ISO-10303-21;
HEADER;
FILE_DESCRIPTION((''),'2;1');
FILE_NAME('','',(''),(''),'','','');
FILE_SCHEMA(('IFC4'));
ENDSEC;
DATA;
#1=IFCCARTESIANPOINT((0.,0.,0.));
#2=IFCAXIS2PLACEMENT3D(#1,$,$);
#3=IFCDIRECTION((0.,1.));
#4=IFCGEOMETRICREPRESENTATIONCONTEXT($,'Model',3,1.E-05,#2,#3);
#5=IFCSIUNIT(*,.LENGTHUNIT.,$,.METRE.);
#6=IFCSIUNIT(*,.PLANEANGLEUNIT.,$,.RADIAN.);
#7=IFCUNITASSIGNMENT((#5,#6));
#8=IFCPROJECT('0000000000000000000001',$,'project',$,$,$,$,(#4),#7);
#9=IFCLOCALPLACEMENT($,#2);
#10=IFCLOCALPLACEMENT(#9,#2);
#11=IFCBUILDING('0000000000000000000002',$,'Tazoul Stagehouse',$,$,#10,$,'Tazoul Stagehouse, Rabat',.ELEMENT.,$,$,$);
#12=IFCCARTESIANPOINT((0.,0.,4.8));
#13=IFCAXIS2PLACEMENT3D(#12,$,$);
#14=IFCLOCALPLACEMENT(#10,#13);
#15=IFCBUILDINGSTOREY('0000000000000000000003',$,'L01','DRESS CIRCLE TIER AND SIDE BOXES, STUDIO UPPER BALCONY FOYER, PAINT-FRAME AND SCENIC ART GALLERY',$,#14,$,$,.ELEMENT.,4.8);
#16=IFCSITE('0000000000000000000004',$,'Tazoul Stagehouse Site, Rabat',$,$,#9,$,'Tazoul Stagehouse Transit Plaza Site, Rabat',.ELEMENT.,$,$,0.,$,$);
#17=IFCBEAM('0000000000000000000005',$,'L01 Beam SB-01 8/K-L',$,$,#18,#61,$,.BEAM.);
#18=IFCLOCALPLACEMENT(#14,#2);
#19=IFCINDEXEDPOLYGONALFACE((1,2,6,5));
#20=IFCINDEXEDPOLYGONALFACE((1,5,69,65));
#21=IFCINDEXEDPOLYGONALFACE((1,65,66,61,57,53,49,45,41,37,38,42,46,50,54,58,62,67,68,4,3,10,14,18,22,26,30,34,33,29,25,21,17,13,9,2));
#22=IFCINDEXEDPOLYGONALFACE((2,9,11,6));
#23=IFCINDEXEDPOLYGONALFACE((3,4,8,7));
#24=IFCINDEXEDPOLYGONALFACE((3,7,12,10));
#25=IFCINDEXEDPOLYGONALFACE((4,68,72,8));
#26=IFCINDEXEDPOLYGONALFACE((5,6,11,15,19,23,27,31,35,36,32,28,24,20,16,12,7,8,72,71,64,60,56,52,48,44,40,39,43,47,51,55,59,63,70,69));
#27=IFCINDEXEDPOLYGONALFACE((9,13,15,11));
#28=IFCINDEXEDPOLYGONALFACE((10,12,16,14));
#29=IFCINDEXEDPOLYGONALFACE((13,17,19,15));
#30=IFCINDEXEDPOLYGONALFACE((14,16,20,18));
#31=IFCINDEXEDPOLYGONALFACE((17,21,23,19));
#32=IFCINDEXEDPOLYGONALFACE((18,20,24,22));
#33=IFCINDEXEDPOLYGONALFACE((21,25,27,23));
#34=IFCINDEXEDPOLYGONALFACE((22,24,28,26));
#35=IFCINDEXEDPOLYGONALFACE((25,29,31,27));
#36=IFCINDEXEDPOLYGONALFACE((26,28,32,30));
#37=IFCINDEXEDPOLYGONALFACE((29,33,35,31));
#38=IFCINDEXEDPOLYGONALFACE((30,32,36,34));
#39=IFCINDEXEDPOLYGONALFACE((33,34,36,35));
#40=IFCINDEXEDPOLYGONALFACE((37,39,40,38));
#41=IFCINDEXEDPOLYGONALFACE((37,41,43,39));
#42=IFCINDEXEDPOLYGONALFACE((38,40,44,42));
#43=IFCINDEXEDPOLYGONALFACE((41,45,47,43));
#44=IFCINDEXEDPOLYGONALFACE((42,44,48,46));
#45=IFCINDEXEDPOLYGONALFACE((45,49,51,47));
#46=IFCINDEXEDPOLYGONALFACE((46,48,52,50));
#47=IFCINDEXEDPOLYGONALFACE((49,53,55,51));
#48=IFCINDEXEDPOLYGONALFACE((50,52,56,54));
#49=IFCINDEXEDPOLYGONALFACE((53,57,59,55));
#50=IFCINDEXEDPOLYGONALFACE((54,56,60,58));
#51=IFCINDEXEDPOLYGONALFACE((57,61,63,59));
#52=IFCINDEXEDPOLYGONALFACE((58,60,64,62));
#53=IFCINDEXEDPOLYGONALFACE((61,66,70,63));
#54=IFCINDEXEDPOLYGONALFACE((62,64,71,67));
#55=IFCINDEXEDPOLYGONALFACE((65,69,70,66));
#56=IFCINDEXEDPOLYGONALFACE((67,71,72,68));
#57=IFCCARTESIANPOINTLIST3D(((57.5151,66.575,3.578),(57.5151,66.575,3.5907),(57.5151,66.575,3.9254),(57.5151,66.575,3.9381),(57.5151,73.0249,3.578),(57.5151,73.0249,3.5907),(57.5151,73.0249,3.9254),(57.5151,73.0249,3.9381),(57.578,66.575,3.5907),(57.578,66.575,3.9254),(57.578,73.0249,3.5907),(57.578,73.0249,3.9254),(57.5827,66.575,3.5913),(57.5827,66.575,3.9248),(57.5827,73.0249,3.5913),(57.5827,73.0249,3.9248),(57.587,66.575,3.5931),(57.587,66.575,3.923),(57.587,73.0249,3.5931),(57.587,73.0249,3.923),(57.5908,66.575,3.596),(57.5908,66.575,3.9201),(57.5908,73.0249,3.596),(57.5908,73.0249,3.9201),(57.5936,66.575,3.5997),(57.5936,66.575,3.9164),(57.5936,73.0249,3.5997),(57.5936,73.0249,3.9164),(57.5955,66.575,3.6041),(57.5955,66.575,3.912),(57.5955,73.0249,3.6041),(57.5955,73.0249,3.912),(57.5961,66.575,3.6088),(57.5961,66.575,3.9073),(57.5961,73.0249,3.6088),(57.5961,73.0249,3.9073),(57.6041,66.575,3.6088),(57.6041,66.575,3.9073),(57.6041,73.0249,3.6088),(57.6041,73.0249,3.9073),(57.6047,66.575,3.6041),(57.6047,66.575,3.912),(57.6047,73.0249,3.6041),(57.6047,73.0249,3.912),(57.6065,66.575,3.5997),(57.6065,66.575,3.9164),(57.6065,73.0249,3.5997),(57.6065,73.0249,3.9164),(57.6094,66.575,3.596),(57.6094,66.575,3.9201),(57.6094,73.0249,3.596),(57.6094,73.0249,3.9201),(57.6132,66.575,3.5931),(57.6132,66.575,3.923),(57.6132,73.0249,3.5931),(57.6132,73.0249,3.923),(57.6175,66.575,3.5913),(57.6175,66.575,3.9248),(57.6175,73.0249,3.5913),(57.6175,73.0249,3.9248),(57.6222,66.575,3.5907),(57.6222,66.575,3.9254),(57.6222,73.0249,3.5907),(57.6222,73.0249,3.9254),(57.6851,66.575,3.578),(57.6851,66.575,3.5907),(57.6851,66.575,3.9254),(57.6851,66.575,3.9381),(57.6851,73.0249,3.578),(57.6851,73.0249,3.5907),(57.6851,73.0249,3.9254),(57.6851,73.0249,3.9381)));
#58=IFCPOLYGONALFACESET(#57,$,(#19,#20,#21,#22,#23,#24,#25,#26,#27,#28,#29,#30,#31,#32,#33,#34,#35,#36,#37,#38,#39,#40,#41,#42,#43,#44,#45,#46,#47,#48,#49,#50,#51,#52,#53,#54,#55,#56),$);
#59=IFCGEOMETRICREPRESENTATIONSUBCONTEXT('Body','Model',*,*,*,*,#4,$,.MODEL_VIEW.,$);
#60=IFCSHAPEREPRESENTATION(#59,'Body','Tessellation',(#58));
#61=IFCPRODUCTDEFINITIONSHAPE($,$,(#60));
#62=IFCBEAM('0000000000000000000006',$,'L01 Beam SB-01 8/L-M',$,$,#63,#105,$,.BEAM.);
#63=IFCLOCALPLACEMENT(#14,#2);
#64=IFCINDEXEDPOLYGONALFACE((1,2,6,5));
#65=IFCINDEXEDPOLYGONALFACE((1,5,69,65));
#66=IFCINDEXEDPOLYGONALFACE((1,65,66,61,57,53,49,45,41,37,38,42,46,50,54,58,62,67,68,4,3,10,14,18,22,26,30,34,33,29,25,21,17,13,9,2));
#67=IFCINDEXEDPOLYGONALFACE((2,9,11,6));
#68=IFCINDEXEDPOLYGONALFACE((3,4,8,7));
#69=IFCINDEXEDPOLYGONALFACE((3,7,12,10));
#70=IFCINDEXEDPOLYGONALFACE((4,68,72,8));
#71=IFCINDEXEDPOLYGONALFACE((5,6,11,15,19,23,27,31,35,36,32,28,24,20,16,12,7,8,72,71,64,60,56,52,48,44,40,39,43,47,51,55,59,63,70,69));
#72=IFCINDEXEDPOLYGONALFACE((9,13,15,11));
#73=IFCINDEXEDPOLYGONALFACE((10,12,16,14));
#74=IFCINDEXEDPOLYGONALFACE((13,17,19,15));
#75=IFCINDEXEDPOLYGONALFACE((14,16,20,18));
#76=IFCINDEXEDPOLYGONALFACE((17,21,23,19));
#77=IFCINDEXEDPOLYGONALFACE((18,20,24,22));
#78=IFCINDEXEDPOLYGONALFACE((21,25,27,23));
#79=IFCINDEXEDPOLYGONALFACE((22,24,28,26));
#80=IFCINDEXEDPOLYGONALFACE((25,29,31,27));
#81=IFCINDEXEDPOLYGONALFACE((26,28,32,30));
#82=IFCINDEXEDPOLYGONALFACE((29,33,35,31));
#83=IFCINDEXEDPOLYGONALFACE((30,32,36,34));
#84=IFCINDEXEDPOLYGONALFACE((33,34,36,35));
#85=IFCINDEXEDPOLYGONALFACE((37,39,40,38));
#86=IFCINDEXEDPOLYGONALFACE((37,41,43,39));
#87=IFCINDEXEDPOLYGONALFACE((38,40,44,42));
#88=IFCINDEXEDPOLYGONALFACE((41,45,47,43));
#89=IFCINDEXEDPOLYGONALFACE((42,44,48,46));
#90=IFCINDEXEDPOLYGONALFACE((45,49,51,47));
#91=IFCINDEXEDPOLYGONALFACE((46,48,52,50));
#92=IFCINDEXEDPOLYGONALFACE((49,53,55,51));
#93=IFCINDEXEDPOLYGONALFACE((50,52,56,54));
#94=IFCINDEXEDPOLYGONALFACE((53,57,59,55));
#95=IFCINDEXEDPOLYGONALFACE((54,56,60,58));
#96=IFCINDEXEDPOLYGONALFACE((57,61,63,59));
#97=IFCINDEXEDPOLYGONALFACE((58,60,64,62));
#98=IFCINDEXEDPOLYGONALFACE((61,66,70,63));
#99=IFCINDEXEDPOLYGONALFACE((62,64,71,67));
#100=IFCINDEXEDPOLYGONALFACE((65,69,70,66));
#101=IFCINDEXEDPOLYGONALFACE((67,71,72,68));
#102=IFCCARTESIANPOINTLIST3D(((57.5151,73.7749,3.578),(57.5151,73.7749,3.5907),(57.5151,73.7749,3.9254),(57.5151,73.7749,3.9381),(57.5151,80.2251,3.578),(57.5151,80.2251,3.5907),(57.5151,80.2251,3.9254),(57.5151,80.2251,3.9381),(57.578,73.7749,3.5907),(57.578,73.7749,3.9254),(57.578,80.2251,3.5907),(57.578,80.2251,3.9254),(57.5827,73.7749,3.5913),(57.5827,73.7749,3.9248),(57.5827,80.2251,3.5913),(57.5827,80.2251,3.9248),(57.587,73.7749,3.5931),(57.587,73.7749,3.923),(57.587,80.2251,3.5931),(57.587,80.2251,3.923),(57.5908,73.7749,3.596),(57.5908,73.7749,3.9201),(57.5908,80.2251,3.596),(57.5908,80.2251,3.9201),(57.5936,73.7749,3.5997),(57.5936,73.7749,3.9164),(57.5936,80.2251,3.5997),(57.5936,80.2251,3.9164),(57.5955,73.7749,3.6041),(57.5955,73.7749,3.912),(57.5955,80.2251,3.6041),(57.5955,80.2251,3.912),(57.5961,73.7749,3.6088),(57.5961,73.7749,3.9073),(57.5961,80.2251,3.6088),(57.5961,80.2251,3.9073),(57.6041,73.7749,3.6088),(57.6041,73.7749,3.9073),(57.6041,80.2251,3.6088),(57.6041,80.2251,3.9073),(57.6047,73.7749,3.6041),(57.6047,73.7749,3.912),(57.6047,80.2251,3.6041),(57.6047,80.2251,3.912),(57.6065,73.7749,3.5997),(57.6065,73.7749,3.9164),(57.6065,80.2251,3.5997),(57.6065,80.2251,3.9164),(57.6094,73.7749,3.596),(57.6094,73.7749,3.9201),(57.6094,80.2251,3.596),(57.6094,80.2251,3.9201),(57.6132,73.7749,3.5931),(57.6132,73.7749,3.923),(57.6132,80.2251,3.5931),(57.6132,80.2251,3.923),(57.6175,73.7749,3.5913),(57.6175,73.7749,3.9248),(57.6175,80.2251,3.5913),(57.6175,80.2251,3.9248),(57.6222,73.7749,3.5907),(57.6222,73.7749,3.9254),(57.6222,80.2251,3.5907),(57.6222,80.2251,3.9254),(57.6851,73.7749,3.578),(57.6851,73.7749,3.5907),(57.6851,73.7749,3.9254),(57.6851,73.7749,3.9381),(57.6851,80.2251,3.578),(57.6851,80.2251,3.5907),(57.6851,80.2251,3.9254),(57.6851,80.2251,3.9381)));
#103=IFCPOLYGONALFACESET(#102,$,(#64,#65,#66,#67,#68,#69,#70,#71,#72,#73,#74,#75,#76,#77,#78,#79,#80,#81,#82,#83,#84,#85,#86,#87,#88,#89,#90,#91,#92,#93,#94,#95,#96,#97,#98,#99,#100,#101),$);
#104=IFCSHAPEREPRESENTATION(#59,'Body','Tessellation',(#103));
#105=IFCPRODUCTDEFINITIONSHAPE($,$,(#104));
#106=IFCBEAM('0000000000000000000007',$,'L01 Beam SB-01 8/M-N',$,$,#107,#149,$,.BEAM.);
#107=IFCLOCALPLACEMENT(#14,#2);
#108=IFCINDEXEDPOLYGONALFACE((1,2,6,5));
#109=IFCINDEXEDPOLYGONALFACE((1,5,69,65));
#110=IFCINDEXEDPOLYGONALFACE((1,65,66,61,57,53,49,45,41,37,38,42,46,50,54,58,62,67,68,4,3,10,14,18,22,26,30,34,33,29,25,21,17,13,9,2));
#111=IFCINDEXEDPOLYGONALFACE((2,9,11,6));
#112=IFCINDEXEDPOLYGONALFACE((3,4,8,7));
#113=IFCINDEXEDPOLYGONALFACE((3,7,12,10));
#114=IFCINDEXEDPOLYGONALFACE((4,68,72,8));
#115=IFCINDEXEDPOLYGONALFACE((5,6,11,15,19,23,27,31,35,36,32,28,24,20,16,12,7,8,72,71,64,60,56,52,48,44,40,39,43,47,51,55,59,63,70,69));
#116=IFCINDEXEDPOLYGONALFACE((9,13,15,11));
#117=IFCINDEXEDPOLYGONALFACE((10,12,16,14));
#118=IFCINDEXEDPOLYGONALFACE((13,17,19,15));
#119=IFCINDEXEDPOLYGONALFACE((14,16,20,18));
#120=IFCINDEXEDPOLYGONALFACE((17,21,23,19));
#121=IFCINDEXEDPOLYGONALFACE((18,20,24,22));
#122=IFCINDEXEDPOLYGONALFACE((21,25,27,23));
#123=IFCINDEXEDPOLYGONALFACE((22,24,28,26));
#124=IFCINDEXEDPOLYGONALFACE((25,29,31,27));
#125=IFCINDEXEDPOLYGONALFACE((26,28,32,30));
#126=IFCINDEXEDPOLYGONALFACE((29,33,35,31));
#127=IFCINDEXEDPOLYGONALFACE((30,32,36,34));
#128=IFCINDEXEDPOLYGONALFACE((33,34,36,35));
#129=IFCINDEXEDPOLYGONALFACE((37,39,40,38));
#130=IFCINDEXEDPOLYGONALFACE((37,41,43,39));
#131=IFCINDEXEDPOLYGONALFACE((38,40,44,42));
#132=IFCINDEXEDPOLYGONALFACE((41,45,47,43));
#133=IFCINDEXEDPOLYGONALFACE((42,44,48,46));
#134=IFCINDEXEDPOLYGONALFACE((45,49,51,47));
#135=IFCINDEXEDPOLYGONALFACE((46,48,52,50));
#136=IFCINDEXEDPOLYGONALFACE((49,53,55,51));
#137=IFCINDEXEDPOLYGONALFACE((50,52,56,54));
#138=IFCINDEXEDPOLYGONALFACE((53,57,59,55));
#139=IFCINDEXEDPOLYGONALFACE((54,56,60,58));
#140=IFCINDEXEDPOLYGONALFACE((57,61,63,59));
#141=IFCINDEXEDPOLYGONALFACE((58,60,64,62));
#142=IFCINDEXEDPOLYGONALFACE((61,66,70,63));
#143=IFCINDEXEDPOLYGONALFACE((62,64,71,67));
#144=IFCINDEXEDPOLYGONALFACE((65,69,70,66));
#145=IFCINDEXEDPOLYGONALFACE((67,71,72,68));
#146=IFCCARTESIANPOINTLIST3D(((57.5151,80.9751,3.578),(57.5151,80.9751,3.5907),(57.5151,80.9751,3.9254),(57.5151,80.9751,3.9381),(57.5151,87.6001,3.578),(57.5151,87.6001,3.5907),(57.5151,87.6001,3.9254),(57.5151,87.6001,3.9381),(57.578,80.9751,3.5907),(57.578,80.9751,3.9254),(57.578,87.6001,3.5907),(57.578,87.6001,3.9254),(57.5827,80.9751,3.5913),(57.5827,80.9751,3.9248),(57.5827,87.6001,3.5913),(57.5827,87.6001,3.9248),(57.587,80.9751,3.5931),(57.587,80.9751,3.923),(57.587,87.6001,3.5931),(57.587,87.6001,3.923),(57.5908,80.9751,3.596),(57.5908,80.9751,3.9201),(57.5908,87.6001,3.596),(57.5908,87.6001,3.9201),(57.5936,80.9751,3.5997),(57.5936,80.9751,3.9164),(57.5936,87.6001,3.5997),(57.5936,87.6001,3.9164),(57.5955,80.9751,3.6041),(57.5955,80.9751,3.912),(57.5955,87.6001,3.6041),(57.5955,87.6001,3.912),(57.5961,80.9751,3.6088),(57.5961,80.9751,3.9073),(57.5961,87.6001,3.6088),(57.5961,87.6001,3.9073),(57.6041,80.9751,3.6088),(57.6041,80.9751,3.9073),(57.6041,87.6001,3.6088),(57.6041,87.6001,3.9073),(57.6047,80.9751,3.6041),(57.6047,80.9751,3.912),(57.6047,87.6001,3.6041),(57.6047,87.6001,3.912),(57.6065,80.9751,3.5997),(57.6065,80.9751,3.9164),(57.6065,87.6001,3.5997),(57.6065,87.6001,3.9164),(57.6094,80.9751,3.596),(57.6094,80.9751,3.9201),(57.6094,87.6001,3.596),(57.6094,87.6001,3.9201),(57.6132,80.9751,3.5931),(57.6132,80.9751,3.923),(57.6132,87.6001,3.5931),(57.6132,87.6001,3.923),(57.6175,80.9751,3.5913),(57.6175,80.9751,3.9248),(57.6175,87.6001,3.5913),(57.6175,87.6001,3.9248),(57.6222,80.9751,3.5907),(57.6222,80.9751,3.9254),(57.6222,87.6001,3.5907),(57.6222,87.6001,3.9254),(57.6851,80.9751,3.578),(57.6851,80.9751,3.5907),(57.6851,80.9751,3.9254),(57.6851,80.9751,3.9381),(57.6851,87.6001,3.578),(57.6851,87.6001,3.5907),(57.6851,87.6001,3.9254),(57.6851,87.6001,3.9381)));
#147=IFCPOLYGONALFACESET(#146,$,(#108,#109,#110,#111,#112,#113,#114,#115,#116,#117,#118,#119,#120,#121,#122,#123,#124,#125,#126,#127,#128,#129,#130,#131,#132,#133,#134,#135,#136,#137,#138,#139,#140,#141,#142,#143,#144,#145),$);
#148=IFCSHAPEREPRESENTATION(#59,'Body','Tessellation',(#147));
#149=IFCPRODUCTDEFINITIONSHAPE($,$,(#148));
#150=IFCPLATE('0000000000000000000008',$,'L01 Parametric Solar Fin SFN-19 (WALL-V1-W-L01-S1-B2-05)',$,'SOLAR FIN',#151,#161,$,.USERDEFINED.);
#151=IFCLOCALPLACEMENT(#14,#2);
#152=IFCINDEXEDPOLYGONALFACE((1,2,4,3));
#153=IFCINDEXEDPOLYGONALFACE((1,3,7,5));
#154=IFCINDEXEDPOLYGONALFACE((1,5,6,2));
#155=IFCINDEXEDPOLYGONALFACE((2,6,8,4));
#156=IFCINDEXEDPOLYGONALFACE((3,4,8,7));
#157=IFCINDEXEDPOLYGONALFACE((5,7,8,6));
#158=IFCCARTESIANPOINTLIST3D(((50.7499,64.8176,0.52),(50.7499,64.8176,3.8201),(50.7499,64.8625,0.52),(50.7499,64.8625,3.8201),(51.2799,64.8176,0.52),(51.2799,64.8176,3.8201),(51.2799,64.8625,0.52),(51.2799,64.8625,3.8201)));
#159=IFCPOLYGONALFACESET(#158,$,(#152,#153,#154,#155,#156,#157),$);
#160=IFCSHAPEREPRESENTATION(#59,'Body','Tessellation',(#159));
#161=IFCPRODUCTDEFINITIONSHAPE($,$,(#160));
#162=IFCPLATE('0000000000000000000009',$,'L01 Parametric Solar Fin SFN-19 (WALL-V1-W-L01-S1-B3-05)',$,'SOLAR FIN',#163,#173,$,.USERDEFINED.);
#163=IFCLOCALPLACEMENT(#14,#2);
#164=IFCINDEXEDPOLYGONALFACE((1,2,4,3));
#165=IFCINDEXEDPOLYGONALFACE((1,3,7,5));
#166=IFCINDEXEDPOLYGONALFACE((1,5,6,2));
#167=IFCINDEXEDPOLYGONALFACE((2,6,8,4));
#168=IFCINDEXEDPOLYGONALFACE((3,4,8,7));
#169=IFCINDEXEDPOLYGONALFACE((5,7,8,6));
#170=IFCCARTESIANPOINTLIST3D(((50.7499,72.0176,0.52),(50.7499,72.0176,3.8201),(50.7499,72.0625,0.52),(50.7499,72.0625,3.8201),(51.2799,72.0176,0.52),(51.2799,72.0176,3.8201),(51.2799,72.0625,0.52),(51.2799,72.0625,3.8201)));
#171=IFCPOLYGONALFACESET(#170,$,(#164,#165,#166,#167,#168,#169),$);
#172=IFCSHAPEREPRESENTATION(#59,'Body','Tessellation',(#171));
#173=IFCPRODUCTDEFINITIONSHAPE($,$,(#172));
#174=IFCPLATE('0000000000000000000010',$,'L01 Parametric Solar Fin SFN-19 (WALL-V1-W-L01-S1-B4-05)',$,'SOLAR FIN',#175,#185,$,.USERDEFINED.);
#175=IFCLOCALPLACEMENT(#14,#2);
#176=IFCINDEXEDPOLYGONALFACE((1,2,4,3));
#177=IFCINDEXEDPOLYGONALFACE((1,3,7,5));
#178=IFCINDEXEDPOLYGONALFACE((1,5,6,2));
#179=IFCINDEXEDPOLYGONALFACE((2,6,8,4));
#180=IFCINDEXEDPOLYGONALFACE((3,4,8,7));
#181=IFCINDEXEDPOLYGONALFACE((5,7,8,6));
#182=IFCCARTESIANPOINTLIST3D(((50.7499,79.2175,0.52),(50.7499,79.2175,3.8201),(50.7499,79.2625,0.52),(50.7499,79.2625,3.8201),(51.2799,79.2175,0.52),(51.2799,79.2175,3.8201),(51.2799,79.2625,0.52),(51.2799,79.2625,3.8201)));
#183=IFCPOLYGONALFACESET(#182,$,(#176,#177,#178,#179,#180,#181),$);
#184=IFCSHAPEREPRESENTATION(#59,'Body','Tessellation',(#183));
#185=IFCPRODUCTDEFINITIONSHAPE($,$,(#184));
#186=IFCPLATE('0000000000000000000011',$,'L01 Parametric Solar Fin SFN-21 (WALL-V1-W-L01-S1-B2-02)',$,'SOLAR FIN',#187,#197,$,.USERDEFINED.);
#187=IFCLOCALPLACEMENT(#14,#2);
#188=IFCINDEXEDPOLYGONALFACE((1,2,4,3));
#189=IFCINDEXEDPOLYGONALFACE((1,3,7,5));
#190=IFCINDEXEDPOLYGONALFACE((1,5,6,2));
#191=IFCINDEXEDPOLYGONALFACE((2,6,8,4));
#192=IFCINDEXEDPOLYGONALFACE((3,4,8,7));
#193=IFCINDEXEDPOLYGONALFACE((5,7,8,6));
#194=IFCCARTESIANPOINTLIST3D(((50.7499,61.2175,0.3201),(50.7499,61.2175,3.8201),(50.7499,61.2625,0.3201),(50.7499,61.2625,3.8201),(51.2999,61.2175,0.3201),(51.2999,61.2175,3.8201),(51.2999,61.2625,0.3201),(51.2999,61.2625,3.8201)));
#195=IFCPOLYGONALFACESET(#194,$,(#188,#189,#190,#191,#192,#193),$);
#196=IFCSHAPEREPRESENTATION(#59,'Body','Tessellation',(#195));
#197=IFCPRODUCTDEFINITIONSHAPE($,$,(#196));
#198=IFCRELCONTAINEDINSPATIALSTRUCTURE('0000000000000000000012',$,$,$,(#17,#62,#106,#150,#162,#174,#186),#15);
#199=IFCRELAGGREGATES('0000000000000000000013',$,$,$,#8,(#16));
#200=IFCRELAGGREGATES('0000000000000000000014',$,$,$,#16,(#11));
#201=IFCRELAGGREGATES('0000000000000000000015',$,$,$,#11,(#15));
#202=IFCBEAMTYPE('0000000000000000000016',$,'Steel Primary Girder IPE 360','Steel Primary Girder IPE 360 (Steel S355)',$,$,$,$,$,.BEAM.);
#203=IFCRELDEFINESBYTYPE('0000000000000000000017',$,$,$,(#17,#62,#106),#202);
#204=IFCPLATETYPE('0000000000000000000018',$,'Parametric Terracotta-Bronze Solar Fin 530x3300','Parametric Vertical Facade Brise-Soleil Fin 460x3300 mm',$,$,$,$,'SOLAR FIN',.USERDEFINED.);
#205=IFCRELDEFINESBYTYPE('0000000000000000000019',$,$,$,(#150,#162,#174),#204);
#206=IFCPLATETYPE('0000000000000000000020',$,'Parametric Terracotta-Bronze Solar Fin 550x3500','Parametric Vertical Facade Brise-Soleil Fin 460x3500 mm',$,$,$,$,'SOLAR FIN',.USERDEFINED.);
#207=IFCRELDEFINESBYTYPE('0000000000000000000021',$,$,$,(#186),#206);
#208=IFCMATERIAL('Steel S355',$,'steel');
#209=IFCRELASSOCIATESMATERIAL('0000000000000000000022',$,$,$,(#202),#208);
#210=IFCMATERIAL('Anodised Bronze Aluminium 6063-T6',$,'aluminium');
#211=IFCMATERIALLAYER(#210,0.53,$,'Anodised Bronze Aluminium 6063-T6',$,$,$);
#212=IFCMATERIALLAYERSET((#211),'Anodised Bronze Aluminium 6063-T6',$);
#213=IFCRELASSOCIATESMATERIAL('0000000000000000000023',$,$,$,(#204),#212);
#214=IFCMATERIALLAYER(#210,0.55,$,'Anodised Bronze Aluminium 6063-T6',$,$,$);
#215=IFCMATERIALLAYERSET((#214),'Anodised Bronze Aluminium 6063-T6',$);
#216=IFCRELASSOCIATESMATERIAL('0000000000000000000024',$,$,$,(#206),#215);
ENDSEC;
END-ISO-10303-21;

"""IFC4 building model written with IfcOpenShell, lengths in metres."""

from ifc_helpers import new_model, si_unit, direction, frame, origin, origin_2d, place, context, subcontext, project, spatial, rectangle, i_section, extrude, material, layer, layer_set, material_profile, profile_set, type_object, element, save


model = new_model("IFC4")

# Units and contexts
model_context = context("Model", 3, precision=1e-05, world=origin(), true_north=direction((0.0, 1.0)))
body_context = subcontext(model_context, "Body", "Model", "MODEL_VIEW")
ifc_project = project(units=[si_unit("LENGTHUNIT", "METRE"), si_unit("PLANEANGLEUNIT", "RADIAN")], contexts=[model_context])

# Site, building, storey
site_placement = place(None, origin())
site = spatial("IfcSite", under=ifc_project, at=site_placement, Name="Tazoul Stagehouse Site, Rabat", LongName="Tazoul Stagehouse Transit Plaza Site, Rabat", CompositionType="ELEMENT", RefElevation=0.0)
building_placement = place(site_placement, origin())
building = spatial("IfcBuilding", under=site, at=building_placement, Name="Tazoul Stagehouse", LongName="Tazoul Stagehouse, Rabat", CompositionType="ELEMENT")
storey_placement = place(building_placement, frame((0.0, 0.0, 4.8)))
storey = spatial("IfcBuildingStorey", under=building, at=storey_placement, Name="L01", Description="DRESS CIRCLE TIER AND SIDE BOXES, STUDIO UPPER BALCONY FOYER, PAINT-FRAME AND SCENIC ART GALLERY", CompositionType="ELEMENT", Elevation=4.8)

# Beams
ifc_material_1 = material(Name="Steel S355", Category="steel")
ifc_material_profile_1 = material_profile(ifc_material_1, i_section(OverallWidth=0.1699, OverallDepth=0.3601, WebThickness=0.0081, FlangeThickness=0.0127, FilletRadius=0.0181, at=origin_2d()), Name="IPE 360")
ifc_profile_set_1 = profile_set([ifc_material_profile_1], Name="Steel S355")
beam_type_1 = type_object("IfcBeamType", Name="Steel Primary Girder IPE 360", Description="Steel Primary Girder IPE 360 (Steel S355)", PredefinedType="BEAM", material=ifc_profile_set_1)
beam_1_placement = place(storey_placement, frame((57.6001, 66.575, 3.7581), z_axis=(0.0, 1.0, 0.0), x_axis=(-1.0, 0.0, 0.0)))
element("IfcBeam", 1, at=beam_1_placement, inside=storey, type_object=beam_type_1, Name="L01 Beam SB-01 8/K-L", PredefinedType="BEAM", context=body_context, shape_type="SweptSolid", body=[
    extrude(i_section(OverallWidth=0.1699, OverallDepth=0.3601, WebThickness=0.0081, FlangeThickness=0.0127, FilletRadius=0.0181, at=origin_2d()), origin(), (0.0, 0.0, 1.0), 6.45),
])
beam_2_placement = place(storey_placement, frame((57.6001, 73.7749, 3.7581), z_axis=(0.0, 1.0, 0.0), x_axis=(-1.0, 0.0, 0.0)))
element("IfcBeam", 2, at=beam_2_placement, inside=storey, type_object=beam_type_1, Name="L01 Beam SB-01 8/L-M", PredefinedType="BEAM", context=body_context, shape_type="SweptSolid", body=[
    extrude(i_section(OverallWidth=0.1699, OverallDepth=0.3601, WebThickness=0.0081, FlangeThickness=0.0127, FilletRadius=0.0181, at=origin_2d()), origin(), (0.0, 0.0, 1.0), 6.4502),
])
beam_3_placement = place(storey_placement, frame((57.6001, 80.9751, 3.7581), z_axis=(0.0, 1.0, 0.0), x_axis=(-1.0, 0.0, 0.0)))
element("IfcBeam", 3, at=beam_3_placement, inside=storey, type_object=beam_type_1, Name="L01 Beam SB-01 8/M-N", PredefinedType="BEAM", context=body_context, shape_type="SweptSolid", body=[
    extrude(i_section(OverallWidth=0.1699, OverallDepth=0.3601, WebThickness=0.0081, FlangeThickness=0.0127, FilletRadius=0.0181, at=origin_2d()), origin(), (0.0, 0.0, 1.0), 6.625),
])

# Plates
ifc_material_2 = material(Name="Anodised Bronze Aluminium 6063-T6", Category="aluminium")
ifc_layer_1 = layer(ifc_material_2, 0.53, Name="Anodised Bronze Aluminium 6063-T6")
ifc_layer_set_1 = layer_set([ifc_layer_1], Name="Anodised Bronze Aluminium 6063-T6")
plate_type_1 = type_object("IfcPlateType", Name="Parametric Terracotta-Bronze Solar Fin 530x3300", Description="Parametric Vertical Facade Brise-Soleil Fin 460x3300 mm", ElementType="SOLAR FIN", PredefinedType="USERDEFINED", material=ifc_layer_set_1)
for number, where, z_axis, x_axis, name in (
    (4, (51.0149, 64.8401, 0.52), (0.0, 0.0, 1.0), (0.0, 1.0, 0.0), "L01 Parametric Solar Fin SFN-19 (WALL-V1-W-L01-S1-B2-05)"),
    (5, (51.0149, 72.04, 0.52), (0.0, 0.0, 1.0), (0.0, 1.0, 0.0), "L01 Parametric Solar Fin SFN-19 (WALL-V1-W-L01-S1-B3-05)"),
    (6, (51.0149, 79.24, 0.52), (0.0, 0.0, 1.0), (0.0, 1.0, 0.0), "L01 Parametric Solar Fin SFN-19 (WALL-V1-W-L01-S1-B4-05)"),
):
    element("IfcPlate", number, at=place(storey_placement, frame(where, z_axis=z_axis, x_axis=x_axis)), inside=storey, type_object=plate_type_1, Name=name, ObjectType="SOLAR FIN", PredefinedType="USERDEFINED", context=body_context, shape_type="SweptSolid", body=[
        extrude(rectangle(XDim=0.0449, YDim=0.53, at=origin_2d()), origin(), (0.0, 0.0, 1.0), 3.3),
    ])
ifc_layer_2 = layer(ifc_material_2, 0.55, Name="Anodised Bronze Aluminium 6063-T6")
ifc_layer_set_2 = layer_set([ifc_layer_2], Name="Anodised Bronze Aluminium 6063-T6")
plate_type_2 = type_object("IfcPlateType", Name="Parametric Terracotta-Bronze Solar Fin 550x3500", Description="Parametric Vertical Facade Brise-Soleil Fin 460x3500 mm", ElementType="SOLAR FIN", PredefinedType="USERDEFINED", material=ifc_layer_set_2)
for number, where, z_axis, x_axis, name in (
    (7, (51.0249, 61.24, 0.3201), (0.0, 0.0, 1.0), (0.0, 1.0, 0.0), "L01 Parametric Solar Fin SFN-21 (WALL-V1-W-L01-S1-B2-02)"),
):
    element("IfcPlate", number, at=place(storey_placement, frame(where, z_axis=z_axis, x_axis=x_axis)), inside=storey, type_object=plate_type_2, Name=name, ObjectType="SOLAR FIN", PredefinedType="USERDEFINED", context=body_context, shape_type="SweptSolid", body=[
        extrude(rectangle(XDim=0.0449, YDim=0.55, at=origin_2d()), origin(), (0.0, 0.0, 1.0), 3.5),
    ])

save(model, "model.ifc")
